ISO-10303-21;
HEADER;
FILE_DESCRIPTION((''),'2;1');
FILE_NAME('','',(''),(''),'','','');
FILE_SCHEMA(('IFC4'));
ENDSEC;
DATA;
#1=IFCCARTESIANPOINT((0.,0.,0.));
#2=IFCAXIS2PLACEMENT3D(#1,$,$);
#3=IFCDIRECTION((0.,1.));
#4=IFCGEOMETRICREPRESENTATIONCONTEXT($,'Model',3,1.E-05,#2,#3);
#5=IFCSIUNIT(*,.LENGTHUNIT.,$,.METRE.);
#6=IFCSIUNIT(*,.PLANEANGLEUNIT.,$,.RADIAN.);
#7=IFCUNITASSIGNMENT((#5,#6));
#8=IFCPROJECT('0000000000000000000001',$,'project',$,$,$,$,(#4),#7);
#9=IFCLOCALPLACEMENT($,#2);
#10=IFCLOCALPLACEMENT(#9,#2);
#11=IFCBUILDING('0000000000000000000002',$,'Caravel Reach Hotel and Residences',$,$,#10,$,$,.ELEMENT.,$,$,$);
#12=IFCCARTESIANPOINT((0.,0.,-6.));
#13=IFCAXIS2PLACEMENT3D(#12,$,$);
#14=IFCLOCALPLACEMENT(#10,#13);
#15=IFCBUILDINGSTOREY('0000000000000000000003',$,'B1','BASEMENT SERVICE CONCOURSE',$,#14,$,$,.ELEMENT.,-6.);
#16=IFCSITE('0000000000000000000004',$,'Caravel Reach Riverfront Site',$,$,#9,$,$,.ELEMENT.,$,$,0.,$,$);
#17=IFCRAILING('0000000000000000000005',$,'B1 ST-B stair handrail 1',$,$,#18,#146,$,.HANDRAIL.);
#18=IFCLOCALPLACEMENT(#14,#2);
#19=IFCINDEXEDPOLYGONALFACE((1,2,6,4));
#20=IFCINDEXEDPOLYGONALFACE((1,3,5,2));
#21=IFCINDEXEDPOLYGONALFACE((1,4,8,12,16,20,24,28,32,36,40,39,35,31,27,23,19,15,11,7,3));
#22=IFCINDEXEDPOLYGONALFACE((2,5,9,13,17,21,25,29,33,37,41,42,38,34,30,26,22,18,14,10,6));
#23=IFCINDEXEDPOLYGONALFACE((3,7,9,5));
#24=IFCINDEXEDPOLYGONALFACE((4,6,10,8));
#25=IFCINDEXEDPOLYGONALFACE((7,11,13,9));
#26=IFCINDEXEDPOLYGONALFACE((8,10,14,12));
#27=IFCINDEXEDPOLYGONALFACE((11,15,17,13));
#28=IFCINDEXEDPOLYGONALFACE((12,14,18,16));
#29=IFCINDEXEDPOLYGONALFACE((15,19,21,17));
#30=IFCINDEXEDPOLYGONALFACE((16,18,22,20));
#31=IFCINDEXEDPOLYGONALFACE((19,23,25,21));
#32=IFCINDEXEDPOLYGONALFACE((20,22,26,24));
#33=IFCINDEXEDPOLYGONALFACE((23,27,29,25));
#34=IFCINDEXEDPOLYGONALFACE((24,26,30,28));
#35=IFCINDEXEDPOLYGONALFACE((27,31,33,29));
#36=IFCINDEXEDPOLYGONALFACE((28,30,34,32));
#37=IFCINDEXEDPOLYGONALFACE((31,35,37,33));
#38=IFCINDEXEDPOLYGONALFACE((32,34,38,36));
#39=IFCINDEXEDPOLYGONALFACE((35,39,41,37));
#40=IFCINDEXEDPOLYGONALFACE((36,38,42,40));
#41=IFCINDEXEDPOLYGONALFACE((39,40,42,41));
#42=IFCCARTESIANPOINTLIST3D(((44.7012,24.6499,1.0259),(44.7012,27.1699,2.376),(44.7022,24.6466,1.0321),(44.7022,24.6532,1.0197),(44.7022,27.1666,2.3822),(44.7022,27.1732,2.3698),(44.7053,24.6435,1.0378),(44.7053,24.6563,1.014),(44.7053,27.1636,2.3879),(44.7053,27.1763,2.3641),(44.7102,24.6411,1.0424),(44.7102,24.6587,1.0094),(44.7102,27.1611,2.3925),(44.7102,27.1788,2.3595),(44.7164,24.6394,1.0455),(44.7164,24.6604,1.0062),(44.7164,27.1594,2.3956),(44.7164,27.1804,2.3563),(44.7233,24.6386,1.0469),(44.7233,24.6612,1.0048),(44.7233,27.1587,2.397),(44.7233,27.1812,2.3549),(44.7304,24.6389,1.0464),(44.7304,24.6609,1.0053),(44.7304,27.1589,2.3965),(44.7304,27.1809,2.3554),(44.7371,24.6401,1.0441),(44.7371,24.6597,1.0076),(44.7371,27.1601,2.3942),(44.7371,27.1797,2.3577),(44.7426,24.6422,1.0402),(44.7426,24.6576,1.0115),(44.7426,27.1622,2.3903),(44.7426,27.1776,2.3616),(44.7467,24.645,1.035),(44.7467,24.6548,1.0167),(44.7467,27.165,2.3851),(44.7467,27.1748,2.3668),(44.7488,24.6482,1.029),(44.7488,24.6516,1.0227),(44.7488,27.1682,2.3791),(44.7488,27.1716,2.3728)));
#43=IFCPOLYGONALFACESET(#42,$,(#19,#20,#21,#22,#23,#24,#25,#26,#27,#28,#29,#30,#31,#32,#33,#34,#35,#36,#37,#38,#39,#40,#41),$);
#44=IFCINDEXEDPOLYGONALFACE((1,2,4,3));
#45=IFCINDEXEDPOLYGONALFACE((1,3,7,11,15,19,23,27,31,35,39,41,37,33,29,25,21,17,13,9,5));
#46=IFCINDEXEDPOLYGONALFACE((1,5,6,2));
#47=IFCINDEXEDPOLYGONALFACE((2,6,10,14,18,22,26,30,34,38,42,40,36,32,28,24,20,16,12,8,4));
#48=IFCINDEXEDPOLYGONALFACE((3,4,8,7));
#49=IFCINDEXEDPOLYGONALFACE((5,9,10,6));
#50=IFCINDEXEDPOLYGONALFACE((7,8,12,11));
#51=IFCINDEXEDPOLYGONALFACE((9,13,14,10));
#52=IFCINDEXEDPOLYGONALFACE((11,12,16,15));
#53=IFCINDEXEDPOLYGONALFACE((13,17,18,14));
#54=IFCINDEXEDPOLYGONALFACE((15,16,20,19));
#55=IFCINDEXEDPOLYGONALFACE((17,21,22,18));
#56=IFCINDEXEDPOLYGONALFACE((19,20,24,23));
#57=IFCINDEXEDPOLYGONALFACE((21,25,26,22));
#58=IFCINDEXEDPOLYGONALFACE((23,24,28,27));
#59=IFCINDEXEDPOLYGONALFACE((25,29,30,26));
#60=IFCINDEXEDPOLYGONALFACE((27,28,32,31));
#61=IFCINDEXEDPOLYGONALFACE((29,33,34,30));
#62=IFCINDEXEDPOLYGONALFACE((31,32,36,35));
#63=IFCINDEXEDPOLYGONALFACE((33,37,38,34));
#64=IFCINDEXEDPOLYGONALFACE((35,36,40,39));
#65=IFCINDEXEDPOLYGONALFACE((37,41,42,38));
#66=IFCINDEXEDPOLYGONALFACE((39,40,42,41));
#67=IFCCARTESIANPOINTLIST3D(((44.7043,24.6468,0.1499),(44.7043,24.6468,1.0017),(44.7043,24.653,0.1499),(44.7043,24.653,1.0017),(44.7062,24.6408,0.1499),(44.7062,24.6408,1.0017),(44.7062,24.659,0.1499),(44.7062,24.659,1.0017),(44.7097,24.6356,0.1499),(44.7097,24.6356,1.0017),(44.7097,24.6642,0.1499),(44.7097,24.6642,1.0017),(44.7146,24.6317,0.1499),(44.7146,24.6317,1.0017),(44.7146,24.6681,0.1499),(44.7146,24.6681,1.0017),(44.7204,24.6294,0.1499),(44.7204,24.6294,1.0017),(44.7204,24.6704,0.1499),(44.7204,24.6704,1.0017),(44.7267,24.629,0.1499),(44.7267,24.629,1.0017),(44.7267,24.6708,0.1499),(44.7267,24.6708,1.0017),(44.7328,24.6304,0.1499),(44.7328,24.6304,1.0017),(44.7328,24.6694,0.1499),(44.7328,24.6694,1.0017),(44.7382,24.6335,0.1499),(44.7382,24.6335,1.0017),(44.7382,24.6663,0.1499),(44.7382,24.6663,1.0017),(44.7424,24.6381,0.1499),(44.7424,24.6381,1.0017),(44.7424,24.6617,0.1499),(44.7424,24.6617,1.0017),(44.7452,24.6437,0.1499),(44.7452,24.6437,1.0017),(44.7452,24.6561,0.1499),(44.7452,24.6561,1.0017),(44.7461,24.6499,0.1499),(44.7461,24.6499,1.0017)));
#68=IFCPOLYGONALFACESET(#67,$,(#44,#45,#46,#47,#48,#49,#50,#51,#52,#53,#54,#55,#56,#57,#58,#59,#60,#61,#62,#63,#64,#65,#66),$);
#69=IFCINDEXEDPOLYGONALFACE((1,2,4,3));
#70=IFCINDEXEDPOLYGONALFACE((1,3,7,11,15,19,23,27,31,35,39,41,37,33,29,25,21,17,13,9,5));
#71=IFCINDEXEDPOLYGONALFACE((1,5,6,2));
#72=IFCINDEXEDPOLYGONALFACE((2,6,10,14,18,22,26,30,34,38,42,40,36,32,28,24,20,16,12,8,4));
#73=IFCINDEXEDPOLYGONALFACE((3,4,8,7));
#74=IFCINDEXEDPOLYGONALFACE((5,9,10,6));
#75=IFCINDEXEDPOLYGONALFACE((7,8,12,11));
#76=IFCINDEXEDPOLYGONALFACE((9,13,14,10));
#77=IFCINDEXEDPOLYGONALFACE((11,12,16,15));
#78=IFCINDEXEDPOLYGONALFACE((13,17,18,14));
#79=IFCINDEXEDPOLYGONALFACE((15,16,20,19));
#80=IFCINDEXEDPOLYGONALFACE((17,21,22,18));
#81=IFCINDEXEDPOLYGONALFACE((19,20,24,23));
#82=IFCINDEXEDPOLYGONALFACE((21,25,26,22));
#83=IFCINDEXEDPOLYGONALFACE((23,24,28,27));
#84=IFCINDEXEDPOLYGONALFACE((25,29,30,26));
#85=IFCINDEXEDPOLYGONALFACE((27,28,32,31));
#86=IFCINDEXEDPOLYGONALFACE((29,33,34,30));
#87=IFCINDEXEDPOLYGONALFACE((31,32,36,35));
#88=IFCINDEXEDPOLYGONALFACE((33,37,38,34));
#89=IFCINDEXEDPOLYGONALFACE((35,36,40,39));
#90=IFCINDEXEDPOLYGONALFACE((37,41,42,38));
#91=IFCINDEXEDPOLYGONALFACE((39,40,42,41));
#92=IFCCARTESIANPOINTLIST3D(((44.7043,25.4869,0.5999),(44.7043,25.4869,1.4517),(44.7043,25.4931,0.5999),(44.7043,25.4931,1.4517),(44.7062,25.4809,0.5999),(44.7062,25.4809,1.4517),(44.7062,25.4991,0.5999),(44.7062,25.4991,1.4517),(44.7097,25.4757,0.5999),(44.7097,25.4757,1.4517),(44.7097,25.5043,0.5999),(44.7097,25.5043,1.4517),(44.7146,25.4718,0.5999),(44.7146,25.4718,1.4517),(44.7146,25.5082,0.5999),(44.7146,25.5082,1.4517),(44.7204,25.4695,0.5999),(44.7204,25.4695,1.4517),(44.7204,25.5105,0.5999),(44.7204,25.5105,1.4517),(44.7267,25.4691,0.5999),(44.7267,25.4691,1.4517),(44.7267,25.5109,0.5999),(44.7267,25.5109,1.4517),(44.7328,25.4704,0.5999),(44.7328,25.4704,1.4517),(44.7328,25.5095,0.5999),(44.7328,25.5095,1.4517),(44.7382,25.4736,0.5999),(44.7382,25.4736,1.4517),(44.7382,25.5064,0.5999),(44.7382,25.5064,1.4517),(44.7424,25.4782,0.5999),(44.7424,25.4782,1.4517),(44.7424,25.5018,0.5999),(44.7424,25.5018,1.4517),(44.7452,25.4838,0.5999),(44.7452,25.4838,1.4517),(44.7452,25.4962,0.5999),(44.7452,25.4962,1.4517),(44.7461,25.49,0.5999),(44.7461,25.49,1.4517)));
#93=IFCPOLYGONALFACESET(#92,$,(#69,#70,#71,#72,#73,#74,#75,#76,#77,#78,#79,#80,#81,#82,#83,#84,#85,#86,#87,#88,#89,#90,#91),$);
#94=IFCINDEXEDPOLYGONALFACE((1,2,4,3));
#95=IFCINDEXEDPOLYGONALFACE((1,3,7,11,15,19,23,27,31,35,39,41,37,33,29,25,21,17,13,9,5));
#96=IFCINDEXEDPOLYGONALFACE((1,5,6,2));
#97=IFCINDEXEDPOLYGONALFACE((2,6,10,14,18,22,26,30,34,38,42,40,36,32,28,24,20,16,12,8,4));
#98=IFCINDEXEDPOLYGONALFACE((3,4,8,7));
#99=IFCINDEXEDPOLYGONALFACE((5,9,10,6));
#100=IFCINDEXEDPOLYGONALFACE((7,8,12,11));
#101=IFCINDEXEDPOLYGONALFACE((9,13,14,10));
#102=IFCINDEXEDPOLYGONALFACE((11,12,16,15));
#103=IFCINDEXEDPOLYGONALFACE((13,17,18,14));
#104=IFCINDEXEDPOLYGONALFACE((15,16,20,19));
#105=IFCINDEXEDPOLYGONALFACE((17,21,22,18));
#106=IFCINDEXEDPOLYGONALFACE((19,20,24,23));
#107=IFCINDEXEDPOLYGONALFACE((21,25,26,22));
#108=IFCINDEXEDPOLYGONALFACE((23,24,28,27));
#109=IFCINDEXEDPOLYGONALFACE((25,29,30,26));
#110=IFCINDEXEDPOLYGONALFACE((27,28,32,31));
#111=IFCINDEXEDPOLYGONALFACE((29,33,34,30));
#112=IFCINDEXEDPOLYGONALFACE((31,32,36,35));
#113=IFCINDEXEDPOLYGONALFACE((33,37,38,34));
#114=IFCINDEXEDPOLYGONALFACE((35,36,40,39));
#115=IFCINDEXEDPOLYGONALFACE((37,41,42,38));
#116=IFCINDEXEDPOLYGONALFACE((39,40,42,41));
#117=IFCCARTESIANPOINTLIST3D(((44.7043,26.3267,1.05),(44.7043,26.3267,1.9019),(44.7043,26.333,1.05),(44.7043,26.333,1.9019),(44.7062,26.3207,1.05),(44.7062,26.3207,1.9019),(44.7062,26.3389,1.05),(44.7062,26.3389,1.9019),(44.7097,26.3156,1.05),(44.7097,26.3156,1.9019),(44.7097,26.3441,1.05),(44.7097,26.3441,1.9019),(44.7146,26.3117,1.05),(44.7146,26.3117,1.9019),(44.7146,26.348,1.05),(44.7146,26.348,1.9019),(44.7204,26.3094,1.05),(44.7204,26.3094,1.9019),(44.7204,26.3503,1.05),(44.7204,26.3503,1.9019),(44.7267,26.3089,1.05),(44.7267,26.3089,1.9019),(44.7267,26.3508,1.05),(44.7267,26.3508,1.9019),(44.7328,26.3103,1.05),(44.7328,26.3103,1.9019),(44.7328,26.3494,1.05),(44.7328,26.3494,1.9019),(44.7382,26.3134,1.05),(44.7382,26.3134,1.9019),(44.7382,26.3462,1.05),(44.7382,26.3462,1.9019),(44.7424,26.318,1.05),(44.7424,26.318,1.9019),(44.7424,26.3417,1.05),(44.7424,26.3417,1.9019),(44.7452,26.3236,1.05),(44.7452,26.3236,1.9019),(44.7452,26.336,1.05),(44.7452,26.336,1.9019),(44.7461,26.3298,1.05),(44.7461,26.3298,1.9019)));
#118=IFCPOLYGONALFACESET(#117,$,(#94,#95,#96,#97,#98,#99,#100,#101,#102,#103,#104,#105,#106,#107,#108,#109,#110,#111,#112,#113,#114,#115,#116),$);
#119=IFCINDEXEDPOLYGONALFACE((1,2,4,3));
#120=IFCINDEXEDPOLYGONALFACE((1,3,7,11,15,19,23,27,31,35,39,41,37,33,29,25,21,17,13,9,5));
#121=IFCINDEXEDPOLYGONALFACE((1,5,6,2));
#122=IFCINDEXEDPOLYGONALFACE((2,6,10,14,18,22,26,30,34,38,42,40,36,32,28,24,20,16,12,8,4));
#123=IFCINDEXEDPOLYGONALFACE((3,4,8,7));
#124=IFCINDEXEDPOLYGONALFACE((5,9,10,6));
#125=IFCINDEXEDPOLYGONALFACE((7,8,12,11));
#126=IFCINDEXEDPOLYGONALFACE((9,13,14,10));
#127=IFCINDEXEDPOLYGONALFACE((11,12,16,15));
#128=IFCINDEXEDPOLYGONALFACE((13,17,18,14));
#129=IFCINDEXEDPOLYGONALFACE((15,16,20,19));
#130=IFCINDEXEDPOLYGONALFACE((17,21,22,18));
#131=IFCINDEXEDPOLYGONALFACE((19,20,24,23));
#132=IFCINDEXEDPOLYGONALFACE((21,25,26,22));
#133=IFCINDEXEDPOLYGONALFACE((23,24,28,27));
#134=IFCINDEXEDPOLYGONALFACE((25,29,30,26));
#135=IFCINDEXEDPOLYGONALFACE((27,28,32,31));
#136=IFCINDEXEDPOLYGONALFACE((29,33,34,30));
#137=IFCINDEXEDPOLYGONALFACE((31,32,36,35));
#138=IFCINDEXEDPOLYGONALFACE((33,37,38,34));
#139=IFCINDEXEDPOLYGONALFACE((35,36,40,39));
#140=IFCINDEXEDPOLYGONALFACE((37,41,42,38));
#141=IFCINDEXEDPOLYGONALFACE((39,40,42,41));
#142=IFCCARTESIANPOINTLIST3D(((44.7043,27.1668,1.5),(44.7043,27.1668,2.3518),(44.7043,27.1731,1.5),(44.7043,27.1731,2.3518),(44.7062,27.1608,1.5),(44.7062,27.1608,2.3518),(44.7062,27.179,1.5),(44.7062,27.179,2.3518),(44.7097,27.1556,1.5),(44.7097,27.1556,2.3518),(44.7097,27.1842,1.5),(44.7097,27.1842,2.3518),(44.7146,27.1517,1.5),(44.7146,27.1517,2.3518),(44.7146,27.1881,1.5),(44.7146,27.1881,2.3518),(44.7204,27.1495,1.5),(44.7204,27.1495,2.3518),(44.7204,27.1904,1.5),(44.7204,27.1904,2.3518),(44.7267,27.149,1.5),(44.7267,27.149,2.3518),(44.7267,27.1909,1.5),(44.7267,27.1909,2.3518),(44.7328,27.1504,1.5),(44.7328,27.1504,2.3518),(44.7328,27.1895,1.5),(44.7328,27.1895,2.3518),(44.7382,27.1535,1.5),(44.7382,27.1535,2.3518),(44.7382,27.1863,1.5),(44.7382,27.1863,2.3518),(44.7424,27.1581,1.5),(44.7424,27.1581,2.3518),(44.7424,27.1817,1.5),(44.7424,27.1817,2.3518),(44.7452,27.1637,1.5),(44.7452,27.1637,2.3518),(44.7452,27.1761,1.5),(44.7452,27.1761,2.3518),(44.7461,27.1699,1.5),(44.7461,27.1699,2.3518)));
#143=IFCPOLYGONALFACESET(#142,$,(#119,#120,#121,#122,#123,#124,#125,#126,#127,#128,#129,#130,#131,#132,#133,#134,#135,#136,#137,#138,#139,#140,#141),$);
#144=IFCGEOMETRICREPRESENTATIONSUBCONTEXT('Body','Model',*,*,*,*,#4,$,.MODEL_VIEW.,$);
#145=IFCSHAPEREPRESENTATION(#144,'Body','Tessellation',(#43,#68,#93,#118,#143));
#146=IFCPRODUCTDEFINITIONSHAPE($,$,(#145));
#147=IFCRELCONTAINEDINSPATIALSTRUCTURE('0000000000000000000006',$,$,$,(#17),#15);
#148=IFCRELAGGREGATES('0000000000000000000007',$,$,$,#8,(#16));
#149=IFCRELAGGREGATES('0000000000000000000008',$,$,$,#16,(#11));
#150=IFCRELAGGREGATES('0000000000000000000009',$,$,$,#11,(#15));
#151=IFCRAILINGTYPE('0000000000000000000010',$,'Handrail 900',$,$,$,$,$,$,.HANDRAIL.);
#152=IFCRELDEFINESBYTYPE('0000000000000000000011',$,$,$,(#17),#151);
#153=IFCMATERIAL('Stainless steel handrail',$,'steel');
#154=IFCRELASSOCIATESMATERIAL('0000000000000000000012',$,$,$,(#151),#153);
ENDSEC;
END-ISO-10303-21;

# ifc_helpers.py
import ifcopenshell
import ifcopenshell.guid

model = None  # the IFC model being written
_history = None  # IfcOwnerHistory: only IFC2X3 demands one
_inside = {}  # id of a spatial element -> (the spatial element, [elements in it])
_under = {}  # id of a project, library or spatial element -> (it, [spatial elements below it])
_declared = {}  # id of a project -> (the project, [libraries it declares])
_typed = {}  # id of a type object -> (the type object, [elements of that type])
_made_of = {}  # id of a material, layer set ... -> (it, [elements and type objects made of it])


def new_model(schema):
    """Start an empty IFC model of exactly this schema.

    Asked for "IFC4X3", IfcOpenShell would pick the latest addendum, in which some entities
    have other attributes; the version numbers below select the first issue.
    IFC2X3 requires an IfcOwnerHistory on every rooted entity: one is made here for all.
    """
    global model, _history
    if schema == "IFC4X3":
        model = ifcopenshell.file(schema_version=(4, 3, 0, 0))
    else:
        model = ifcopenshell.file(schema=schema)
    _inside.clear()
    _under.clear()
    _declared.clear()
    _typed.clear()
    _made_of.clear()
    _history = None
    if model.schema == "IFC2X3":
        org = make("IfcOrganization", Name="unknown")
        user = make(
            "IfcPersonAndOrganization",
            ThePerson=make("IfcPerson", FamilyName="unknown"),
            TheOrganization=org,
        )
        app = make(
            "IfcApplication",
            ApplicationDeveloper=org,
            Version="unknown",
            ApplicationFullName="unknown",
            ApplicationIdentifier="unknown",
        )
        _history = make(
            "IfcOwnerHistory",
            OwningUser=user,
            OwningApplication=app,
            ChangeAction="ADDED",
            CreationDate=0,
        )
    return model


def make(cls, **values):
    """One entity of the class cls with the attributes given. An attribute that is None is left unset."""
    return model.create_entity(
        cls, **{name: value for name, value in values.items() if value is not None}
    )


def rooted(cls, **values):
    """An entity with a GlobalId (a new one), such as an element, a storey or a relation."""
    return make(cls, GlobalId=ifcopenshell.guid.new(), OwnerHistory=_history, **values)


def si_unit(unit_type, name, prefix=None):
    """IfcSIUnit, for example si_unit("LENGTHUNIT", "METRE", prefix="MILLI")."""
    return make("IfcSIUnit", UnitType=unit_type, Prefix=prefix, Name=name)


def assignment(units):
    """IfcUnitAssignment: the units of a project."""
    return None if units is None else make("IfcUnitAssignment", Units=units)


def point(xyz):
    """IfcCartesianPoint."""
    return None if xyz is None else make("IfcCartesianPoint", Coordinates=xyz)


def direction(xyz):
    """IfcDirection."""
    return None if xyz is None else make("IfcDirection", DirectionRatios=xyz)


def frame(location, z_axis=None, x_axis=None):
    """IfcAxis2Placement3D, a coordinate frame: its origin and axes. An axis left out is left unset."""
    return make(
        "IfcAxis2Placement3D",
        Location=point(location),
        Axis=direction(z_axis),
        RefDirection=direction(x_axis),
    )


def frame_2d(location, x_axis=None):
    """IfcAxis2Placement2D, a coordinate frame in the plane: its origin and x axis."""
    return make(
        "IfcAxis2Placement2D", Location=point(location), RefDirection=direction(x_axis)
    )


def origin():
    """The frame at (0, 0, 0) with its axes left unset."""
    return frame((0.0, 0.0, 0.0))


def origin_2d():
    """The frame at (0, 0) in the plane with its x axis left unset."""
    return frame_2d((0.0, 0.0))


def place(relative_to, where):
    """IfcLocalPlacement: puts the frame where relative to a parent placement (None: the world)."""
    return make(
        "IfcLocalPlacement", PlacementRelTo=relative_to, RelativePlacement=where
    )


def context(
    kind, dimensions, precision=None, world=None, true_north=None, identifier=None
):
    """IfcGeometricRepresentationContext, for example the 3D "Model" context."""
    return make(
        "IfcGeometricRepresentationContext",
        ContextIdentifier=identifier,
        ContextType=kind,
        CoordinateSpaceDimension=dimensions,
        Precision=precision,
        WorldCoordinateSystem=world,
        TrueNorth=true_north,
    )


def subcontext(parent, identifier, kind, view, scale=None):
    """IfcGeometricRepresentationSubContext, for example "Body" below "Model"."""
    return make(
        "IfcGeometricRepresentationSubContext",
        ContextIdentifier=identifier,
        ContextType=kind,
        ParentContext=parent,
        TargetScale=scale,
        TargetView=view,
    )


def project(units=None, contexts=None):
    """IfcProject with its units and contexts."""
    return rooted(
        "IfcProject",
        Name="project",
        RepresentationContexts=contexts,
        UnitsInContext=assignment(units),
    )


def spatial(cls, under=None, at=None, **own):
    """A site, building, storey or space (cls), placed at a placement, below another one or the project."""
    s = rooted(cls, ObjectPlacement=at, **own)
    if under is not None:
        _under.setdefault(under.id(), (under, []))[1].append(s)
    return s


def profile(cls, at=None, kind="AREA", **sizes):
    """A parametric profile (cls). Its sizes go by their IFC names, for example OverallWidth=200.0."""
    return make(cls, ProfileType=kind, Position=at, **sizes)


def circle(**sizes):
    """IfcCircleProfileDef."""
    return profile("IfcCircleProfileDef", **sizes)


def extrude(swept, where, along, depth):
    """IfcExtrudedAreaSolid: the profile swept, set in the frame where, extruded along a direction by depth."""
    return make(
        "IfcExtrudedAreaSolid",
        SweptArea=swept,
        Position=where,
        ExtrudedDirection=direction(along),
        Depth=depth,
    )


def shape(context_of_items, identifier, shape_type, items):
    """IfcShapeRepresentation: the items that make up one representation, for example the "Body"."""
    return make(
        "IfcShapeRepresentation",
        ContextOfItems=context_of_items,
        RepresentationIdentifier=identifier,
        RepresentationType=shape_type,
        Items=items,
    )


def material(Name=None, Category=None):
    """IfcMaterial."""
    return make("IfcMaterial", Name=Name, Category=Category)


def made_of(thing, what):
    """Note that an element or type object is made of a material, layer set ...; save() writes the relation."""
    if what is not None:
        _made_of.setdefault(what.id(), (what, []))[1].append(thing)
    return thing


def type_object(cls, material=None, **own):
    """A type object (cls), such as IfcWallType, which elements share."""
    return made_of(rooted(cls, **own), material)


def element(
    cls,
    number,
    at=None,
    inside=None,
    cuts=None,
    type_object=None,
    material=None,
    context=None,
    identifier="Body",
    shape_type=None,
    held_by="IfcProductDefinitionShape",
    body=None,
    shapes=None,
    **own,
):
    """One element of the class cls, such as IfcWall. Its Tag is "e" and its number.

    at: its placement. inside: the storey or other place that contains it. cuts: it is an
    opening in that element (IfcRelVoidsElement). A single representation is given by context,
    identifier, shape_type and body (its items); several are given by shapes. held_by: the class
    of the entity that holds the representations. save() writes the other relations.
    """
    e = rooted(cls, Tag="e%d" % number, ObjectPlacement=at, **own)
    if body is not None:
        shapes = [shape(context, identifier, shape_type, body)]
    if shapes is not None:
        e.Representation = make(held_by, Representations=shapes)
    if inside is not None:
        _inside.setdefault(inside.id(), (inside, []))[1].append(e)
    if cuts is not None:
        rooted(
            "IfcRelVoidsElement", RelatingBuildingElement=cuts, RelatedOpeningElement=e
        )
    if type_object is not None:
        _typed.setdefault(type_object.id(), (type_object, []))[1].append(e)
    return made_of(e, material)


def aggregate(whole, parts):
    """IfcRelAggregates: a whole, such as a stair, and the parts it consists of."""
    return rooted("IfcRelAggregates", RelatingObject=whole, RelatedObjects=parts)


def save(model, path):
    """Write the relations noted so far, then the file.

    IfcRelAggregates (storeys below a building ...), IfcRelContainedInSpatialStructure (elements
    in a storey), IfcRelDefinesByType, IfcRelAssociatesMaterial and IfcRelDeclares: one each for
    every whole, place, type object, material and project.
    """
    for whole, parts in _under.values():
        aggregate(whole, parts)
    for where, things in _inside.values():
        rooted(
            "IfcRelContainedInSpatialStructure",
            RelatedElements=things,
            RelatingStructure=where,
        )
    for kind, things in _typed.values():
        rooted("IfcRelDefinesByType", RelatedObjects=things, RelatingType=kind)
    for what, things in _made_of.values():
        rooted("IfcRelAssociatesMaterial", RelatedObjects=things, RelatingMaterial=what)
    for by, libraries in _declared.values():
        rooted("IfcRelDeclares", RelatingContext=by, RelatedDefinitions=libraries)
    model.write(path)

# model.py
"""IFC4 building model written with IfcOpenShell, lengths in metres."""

from ifc_helpers import new_model, si_unit, direction, frame, origin, origin_2d, place, context, subcontext, project, spatial, circle, extrude, material, type_object, element, save


model = new_model("IFC4")

# Units and contexts
model_context = context("Model", 3, precision=1e-05, world=origin(), true_north=direction((0.0, 1.0)))
body_context = subcontext(model_context, "Body", "Model", "MODEL_VIEW")
ifc_project = project(units=[si_unit("LENGTHUNIT", "METRE"), si_unit("PLANEANGLEUNIT", "RADIAN")], contexts=[model_context])

# Site, building, storey
site_placement = place(None, origin())
site = spatial("IfcSite", under=ifc_project, at=site_placement, Name="Caravel Reach Riverfront Site", CompositionType="ELEMENT", RefElevation=0.0)
building_placement = place(site_placement, origin())
building = spatial("IfcBuilding", under=site, at=building_placement, Name="Caravel Reach Hotel and Residences", CompositionType="ELEMENT")
storey_placement = place(building_placement, frame((0.0, 0.0, -6.0)))
storey = spatial("IfcBuildingStorey", under=building, at=storey_placement, Name="B1", Description="BASEMENT SERVICE CONCOURSE", CompositionType="ELEMENT", Elevation=-6.0)

# Railing
ifc_material_1 = material(Name="Stainless steel handrail", Category="steel")
railing_type_1 = type_object("IfcRailingType", Name="Handrail 900", PredefinedType="HANDRAIL", material=ifc_material_1)
for number, where, name in (
    (1, (44.7251, 24.6499, 0.1499), "B1 ST-B stair handrail 1"),
):
    element("IfcRailing", number, at=place(storey_placement, frame(where)), inside=storey, type_object=railing_type_1, Name=name, PredefinedType="HANDRAIL", context=body_context, shape_type="SweptSolid", body=[
        extrude(circle(Radius=0.0239, at=origin_2d()), frame((0.0, 0.0, 0.876), z_axis=(0.0, 0.881467, 0.472245), x_axis=(-1.0, 0.0, 0.0)), (0.0, 0.0, 1.0), 2.8589),
        extrude(circle(Radius=0.021, at=origin_2d()), origin(), (0.0, 0.0, 1.0), 0.8518),
        extrude(circle(Radius=0.021, at=origin_2d()), frame((0.0, 0.8401, 0.45)), (0.0, 0.0, 1.0), 0.8518),
        extrude(circle(Radius=0.021, at=origin_2d()), frame((0.0, 1.6799, 0.9001)), (0.0, 0.0, 1.0), 0.8518),
        extrude(circle(Radius=0.021, at=origin_2d()), frame((0.0, 2.52, 1.3501)), (0.0, 0.0, 1.0), 0.8518),
    ])

save(model, "model.ifc")
